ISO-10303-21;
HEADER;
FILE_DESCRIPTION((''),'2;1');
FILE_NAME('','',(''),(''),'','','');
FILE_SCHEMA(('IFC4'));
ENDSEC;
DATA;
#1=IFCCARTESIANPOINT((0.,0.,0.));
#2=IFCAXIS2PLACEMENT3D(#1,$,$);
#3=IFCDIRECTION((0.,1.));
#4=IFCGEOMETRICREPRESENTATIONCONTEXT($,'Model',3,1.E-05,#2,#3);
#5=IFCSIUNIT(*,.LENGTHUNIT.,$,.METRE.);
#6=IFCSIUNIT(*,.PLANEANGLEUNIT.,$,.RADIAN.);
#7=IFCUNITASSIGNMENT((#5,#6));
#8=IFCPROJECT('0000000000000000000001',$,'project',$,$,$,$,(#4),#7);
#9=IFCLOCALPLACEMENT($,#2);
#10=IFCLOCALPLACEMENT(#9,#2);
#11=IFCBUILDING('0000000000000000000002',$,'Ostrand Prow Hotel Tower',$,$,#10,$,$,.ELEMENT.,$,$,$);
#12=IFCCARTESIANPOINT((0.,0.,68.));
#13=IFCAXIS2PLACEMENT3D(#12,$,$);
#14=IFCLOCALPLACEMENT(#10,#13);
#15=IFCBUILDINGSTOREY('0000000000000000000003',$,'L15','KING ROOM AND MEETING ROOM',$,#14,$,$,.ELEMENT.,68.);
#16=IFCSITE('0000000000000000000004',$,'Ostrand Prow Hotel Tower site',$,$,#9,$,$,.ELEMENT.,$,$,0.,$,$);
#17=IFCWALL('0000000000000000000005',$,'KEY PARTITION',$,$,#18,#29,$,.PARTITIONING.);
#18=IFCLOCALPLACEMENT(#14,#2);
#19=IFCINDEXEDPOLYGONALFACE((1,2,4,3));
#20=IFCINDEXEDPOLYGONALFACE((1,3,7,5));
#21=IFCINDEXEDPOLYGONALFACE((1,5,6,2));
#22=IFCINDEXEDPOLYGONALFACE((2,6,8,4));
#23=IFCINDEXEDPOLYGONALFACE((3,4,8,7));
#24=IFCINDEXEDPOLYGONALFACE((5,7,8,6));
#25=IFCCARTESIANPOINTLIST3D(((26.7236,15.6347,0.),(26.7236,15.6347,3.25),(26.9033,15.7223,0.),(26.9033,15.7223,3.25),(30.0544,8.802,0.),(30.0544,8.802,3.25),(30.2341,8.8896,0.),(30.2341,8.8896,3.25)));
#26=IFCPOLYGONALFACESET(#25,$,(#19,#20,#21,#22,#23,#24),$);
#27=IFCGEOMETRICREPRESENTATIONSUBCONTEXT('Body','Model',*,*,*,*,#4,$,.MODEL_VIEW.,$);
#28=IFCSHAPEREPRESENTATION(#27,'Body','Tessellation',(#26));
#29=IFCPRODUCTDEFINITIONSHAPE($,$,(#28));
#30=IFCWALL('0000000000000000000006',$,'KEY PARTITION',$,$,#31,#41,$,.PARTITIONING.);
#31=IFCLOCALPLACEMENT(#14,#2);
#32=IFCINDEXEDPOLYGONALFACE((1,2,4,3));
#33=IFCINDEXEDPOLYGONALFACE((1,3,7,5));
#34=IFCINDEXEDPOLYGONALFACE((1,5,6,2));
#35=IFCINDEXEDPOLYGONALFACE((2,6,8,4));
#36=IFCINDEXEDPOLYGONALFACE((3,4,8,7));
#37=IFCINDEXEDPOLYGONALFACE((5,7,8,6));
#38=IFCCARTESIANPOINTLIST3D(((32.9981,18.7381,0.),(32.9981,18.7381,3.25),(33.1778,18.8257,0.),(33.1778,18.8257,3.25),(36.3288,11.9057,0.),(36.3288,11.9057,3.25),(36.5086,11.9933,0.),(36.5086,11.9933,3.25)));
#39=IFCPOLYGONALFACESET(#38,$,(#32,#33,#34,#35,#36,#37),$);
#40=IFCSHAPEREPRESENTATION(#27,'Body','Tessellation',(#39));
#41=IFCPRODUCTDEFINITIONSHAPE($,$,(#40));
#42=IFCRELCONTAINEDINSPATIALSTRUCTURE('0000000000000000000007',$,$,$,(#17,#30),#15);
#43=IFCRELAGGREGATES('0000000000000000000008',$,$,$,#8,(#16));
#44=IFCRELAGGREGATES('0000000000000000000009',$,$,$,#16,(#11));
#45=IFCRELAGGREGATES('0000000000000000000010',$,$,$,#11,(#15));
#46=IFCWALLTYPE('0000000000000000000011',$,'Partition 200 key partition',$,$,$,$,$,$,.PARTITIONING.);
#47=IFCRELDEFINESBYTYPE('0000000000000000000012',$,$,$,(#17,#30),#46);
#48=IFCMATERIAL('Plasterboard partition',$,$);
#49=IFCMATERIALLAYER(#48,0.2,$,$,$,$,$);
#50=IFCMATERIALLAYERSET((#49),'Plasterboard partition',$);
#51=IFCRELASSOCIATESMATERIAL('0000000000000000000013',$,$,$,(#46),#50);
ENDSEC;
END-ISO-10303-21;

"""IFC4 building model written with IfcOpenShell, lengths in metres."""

from ifc_helpers import new_model, si_unit, direction, frame, frame_2d, origin, place, context, subcontext, project, spatial, rectangle, extrude, material, layer, layer_set, type_object, element, save


model = new_model("IFC4")

# Units and contexts
model_context = context("Model", 3, precision=1e-05, world=origin(), true_north=direction((0.0, 1.0)))
body_context = subcontext(model_context, "Body", "Model", "MODEL_VIEW")
ifc_project = project(units=[si_unit("LENGTHUNIT", "METRE"), si_unit("PLANEANGLEUNIT", "RADIAN")], contexts=[model_context])

# Site, building, storey
site_placement = place(None, origin())
site = spatial("IfcSite", under=ifc_project, at=site_placement, Name="Ostrand Prow Hotel Tower site", CompositionType="ELEMENT", RefElevation=0.0)
building_placement = place(site_placement, origin())
building = spatial("IfcBuilding", under=site, at=building_placement, Name="Ostrand Prow Hotel Tower", CompositionType="ELEMENT")
storey_placement = place(building_placement, frame((0.0, 0.0, 68.0)))
storey = spatial("IfcBuildingStorey", under=building, at=storey_placement, Name="L15", Description="KING ROOM AND MEETING ROOM", CompositionType="ELEMENT", Elevation=68.0)

# Walls
ifc_material_1 = material(Name="Plasterboard partition")
ifc_layer_1 = layer(ifc_material_1, 0.2)
ifc_layer_set_1 = layer_set([ifc_layer_1], Name="Plasterboard partition")
wall_type_1 = type_object("IfcWallType", Name="Partition 200 key partition", PredefinedType="PARTITIONING", material=ifc_layer_set_1)
wall_1_placement = place(storey_placement, frame((30.1443, 8.8457, 0.0), z_axis=(0.0, 0.0, 1.0), x_axis=(-0.438185, 0.898885, 0.0)))
element("IfcWall", 1, at=wall_1_placement, inside=storey, type_object=wall_type_1, Name="KEY PARTITION", PredefinedType="PARTITIONING", context=body_context, shape_type="SweptSolid", body=[
    extrude(rectangle(XDim=7.6013, YDim=0.2, at=frame_2d((3.8008, 0.0))), origin(), (0.0, 0.0, 1.0), 3.25),
])
wall_2_placement = place(storey_placement, frame((36.4187, 11.9495, 0.0), z_axis=(0.0, 0.0, 1.0), x_axis=(-0.438198, 0.898879, 0.0)))
element("IfcWall", 2, at=wall_2_placement, inside=storey, type_object=wall_type_1, Name="KEY PARTITION", PredefinedType="PARTITIONING", context=body_context, shape_type="SweptSolid", body=[
    extrude(rectangle(XDim=7.6011, YDim=0.2, at=frame_2d((3.8005, 0.0))), origin(), (0.0, 0.0, 1.0), 3.25),
])

save(model, "model.ifc")
